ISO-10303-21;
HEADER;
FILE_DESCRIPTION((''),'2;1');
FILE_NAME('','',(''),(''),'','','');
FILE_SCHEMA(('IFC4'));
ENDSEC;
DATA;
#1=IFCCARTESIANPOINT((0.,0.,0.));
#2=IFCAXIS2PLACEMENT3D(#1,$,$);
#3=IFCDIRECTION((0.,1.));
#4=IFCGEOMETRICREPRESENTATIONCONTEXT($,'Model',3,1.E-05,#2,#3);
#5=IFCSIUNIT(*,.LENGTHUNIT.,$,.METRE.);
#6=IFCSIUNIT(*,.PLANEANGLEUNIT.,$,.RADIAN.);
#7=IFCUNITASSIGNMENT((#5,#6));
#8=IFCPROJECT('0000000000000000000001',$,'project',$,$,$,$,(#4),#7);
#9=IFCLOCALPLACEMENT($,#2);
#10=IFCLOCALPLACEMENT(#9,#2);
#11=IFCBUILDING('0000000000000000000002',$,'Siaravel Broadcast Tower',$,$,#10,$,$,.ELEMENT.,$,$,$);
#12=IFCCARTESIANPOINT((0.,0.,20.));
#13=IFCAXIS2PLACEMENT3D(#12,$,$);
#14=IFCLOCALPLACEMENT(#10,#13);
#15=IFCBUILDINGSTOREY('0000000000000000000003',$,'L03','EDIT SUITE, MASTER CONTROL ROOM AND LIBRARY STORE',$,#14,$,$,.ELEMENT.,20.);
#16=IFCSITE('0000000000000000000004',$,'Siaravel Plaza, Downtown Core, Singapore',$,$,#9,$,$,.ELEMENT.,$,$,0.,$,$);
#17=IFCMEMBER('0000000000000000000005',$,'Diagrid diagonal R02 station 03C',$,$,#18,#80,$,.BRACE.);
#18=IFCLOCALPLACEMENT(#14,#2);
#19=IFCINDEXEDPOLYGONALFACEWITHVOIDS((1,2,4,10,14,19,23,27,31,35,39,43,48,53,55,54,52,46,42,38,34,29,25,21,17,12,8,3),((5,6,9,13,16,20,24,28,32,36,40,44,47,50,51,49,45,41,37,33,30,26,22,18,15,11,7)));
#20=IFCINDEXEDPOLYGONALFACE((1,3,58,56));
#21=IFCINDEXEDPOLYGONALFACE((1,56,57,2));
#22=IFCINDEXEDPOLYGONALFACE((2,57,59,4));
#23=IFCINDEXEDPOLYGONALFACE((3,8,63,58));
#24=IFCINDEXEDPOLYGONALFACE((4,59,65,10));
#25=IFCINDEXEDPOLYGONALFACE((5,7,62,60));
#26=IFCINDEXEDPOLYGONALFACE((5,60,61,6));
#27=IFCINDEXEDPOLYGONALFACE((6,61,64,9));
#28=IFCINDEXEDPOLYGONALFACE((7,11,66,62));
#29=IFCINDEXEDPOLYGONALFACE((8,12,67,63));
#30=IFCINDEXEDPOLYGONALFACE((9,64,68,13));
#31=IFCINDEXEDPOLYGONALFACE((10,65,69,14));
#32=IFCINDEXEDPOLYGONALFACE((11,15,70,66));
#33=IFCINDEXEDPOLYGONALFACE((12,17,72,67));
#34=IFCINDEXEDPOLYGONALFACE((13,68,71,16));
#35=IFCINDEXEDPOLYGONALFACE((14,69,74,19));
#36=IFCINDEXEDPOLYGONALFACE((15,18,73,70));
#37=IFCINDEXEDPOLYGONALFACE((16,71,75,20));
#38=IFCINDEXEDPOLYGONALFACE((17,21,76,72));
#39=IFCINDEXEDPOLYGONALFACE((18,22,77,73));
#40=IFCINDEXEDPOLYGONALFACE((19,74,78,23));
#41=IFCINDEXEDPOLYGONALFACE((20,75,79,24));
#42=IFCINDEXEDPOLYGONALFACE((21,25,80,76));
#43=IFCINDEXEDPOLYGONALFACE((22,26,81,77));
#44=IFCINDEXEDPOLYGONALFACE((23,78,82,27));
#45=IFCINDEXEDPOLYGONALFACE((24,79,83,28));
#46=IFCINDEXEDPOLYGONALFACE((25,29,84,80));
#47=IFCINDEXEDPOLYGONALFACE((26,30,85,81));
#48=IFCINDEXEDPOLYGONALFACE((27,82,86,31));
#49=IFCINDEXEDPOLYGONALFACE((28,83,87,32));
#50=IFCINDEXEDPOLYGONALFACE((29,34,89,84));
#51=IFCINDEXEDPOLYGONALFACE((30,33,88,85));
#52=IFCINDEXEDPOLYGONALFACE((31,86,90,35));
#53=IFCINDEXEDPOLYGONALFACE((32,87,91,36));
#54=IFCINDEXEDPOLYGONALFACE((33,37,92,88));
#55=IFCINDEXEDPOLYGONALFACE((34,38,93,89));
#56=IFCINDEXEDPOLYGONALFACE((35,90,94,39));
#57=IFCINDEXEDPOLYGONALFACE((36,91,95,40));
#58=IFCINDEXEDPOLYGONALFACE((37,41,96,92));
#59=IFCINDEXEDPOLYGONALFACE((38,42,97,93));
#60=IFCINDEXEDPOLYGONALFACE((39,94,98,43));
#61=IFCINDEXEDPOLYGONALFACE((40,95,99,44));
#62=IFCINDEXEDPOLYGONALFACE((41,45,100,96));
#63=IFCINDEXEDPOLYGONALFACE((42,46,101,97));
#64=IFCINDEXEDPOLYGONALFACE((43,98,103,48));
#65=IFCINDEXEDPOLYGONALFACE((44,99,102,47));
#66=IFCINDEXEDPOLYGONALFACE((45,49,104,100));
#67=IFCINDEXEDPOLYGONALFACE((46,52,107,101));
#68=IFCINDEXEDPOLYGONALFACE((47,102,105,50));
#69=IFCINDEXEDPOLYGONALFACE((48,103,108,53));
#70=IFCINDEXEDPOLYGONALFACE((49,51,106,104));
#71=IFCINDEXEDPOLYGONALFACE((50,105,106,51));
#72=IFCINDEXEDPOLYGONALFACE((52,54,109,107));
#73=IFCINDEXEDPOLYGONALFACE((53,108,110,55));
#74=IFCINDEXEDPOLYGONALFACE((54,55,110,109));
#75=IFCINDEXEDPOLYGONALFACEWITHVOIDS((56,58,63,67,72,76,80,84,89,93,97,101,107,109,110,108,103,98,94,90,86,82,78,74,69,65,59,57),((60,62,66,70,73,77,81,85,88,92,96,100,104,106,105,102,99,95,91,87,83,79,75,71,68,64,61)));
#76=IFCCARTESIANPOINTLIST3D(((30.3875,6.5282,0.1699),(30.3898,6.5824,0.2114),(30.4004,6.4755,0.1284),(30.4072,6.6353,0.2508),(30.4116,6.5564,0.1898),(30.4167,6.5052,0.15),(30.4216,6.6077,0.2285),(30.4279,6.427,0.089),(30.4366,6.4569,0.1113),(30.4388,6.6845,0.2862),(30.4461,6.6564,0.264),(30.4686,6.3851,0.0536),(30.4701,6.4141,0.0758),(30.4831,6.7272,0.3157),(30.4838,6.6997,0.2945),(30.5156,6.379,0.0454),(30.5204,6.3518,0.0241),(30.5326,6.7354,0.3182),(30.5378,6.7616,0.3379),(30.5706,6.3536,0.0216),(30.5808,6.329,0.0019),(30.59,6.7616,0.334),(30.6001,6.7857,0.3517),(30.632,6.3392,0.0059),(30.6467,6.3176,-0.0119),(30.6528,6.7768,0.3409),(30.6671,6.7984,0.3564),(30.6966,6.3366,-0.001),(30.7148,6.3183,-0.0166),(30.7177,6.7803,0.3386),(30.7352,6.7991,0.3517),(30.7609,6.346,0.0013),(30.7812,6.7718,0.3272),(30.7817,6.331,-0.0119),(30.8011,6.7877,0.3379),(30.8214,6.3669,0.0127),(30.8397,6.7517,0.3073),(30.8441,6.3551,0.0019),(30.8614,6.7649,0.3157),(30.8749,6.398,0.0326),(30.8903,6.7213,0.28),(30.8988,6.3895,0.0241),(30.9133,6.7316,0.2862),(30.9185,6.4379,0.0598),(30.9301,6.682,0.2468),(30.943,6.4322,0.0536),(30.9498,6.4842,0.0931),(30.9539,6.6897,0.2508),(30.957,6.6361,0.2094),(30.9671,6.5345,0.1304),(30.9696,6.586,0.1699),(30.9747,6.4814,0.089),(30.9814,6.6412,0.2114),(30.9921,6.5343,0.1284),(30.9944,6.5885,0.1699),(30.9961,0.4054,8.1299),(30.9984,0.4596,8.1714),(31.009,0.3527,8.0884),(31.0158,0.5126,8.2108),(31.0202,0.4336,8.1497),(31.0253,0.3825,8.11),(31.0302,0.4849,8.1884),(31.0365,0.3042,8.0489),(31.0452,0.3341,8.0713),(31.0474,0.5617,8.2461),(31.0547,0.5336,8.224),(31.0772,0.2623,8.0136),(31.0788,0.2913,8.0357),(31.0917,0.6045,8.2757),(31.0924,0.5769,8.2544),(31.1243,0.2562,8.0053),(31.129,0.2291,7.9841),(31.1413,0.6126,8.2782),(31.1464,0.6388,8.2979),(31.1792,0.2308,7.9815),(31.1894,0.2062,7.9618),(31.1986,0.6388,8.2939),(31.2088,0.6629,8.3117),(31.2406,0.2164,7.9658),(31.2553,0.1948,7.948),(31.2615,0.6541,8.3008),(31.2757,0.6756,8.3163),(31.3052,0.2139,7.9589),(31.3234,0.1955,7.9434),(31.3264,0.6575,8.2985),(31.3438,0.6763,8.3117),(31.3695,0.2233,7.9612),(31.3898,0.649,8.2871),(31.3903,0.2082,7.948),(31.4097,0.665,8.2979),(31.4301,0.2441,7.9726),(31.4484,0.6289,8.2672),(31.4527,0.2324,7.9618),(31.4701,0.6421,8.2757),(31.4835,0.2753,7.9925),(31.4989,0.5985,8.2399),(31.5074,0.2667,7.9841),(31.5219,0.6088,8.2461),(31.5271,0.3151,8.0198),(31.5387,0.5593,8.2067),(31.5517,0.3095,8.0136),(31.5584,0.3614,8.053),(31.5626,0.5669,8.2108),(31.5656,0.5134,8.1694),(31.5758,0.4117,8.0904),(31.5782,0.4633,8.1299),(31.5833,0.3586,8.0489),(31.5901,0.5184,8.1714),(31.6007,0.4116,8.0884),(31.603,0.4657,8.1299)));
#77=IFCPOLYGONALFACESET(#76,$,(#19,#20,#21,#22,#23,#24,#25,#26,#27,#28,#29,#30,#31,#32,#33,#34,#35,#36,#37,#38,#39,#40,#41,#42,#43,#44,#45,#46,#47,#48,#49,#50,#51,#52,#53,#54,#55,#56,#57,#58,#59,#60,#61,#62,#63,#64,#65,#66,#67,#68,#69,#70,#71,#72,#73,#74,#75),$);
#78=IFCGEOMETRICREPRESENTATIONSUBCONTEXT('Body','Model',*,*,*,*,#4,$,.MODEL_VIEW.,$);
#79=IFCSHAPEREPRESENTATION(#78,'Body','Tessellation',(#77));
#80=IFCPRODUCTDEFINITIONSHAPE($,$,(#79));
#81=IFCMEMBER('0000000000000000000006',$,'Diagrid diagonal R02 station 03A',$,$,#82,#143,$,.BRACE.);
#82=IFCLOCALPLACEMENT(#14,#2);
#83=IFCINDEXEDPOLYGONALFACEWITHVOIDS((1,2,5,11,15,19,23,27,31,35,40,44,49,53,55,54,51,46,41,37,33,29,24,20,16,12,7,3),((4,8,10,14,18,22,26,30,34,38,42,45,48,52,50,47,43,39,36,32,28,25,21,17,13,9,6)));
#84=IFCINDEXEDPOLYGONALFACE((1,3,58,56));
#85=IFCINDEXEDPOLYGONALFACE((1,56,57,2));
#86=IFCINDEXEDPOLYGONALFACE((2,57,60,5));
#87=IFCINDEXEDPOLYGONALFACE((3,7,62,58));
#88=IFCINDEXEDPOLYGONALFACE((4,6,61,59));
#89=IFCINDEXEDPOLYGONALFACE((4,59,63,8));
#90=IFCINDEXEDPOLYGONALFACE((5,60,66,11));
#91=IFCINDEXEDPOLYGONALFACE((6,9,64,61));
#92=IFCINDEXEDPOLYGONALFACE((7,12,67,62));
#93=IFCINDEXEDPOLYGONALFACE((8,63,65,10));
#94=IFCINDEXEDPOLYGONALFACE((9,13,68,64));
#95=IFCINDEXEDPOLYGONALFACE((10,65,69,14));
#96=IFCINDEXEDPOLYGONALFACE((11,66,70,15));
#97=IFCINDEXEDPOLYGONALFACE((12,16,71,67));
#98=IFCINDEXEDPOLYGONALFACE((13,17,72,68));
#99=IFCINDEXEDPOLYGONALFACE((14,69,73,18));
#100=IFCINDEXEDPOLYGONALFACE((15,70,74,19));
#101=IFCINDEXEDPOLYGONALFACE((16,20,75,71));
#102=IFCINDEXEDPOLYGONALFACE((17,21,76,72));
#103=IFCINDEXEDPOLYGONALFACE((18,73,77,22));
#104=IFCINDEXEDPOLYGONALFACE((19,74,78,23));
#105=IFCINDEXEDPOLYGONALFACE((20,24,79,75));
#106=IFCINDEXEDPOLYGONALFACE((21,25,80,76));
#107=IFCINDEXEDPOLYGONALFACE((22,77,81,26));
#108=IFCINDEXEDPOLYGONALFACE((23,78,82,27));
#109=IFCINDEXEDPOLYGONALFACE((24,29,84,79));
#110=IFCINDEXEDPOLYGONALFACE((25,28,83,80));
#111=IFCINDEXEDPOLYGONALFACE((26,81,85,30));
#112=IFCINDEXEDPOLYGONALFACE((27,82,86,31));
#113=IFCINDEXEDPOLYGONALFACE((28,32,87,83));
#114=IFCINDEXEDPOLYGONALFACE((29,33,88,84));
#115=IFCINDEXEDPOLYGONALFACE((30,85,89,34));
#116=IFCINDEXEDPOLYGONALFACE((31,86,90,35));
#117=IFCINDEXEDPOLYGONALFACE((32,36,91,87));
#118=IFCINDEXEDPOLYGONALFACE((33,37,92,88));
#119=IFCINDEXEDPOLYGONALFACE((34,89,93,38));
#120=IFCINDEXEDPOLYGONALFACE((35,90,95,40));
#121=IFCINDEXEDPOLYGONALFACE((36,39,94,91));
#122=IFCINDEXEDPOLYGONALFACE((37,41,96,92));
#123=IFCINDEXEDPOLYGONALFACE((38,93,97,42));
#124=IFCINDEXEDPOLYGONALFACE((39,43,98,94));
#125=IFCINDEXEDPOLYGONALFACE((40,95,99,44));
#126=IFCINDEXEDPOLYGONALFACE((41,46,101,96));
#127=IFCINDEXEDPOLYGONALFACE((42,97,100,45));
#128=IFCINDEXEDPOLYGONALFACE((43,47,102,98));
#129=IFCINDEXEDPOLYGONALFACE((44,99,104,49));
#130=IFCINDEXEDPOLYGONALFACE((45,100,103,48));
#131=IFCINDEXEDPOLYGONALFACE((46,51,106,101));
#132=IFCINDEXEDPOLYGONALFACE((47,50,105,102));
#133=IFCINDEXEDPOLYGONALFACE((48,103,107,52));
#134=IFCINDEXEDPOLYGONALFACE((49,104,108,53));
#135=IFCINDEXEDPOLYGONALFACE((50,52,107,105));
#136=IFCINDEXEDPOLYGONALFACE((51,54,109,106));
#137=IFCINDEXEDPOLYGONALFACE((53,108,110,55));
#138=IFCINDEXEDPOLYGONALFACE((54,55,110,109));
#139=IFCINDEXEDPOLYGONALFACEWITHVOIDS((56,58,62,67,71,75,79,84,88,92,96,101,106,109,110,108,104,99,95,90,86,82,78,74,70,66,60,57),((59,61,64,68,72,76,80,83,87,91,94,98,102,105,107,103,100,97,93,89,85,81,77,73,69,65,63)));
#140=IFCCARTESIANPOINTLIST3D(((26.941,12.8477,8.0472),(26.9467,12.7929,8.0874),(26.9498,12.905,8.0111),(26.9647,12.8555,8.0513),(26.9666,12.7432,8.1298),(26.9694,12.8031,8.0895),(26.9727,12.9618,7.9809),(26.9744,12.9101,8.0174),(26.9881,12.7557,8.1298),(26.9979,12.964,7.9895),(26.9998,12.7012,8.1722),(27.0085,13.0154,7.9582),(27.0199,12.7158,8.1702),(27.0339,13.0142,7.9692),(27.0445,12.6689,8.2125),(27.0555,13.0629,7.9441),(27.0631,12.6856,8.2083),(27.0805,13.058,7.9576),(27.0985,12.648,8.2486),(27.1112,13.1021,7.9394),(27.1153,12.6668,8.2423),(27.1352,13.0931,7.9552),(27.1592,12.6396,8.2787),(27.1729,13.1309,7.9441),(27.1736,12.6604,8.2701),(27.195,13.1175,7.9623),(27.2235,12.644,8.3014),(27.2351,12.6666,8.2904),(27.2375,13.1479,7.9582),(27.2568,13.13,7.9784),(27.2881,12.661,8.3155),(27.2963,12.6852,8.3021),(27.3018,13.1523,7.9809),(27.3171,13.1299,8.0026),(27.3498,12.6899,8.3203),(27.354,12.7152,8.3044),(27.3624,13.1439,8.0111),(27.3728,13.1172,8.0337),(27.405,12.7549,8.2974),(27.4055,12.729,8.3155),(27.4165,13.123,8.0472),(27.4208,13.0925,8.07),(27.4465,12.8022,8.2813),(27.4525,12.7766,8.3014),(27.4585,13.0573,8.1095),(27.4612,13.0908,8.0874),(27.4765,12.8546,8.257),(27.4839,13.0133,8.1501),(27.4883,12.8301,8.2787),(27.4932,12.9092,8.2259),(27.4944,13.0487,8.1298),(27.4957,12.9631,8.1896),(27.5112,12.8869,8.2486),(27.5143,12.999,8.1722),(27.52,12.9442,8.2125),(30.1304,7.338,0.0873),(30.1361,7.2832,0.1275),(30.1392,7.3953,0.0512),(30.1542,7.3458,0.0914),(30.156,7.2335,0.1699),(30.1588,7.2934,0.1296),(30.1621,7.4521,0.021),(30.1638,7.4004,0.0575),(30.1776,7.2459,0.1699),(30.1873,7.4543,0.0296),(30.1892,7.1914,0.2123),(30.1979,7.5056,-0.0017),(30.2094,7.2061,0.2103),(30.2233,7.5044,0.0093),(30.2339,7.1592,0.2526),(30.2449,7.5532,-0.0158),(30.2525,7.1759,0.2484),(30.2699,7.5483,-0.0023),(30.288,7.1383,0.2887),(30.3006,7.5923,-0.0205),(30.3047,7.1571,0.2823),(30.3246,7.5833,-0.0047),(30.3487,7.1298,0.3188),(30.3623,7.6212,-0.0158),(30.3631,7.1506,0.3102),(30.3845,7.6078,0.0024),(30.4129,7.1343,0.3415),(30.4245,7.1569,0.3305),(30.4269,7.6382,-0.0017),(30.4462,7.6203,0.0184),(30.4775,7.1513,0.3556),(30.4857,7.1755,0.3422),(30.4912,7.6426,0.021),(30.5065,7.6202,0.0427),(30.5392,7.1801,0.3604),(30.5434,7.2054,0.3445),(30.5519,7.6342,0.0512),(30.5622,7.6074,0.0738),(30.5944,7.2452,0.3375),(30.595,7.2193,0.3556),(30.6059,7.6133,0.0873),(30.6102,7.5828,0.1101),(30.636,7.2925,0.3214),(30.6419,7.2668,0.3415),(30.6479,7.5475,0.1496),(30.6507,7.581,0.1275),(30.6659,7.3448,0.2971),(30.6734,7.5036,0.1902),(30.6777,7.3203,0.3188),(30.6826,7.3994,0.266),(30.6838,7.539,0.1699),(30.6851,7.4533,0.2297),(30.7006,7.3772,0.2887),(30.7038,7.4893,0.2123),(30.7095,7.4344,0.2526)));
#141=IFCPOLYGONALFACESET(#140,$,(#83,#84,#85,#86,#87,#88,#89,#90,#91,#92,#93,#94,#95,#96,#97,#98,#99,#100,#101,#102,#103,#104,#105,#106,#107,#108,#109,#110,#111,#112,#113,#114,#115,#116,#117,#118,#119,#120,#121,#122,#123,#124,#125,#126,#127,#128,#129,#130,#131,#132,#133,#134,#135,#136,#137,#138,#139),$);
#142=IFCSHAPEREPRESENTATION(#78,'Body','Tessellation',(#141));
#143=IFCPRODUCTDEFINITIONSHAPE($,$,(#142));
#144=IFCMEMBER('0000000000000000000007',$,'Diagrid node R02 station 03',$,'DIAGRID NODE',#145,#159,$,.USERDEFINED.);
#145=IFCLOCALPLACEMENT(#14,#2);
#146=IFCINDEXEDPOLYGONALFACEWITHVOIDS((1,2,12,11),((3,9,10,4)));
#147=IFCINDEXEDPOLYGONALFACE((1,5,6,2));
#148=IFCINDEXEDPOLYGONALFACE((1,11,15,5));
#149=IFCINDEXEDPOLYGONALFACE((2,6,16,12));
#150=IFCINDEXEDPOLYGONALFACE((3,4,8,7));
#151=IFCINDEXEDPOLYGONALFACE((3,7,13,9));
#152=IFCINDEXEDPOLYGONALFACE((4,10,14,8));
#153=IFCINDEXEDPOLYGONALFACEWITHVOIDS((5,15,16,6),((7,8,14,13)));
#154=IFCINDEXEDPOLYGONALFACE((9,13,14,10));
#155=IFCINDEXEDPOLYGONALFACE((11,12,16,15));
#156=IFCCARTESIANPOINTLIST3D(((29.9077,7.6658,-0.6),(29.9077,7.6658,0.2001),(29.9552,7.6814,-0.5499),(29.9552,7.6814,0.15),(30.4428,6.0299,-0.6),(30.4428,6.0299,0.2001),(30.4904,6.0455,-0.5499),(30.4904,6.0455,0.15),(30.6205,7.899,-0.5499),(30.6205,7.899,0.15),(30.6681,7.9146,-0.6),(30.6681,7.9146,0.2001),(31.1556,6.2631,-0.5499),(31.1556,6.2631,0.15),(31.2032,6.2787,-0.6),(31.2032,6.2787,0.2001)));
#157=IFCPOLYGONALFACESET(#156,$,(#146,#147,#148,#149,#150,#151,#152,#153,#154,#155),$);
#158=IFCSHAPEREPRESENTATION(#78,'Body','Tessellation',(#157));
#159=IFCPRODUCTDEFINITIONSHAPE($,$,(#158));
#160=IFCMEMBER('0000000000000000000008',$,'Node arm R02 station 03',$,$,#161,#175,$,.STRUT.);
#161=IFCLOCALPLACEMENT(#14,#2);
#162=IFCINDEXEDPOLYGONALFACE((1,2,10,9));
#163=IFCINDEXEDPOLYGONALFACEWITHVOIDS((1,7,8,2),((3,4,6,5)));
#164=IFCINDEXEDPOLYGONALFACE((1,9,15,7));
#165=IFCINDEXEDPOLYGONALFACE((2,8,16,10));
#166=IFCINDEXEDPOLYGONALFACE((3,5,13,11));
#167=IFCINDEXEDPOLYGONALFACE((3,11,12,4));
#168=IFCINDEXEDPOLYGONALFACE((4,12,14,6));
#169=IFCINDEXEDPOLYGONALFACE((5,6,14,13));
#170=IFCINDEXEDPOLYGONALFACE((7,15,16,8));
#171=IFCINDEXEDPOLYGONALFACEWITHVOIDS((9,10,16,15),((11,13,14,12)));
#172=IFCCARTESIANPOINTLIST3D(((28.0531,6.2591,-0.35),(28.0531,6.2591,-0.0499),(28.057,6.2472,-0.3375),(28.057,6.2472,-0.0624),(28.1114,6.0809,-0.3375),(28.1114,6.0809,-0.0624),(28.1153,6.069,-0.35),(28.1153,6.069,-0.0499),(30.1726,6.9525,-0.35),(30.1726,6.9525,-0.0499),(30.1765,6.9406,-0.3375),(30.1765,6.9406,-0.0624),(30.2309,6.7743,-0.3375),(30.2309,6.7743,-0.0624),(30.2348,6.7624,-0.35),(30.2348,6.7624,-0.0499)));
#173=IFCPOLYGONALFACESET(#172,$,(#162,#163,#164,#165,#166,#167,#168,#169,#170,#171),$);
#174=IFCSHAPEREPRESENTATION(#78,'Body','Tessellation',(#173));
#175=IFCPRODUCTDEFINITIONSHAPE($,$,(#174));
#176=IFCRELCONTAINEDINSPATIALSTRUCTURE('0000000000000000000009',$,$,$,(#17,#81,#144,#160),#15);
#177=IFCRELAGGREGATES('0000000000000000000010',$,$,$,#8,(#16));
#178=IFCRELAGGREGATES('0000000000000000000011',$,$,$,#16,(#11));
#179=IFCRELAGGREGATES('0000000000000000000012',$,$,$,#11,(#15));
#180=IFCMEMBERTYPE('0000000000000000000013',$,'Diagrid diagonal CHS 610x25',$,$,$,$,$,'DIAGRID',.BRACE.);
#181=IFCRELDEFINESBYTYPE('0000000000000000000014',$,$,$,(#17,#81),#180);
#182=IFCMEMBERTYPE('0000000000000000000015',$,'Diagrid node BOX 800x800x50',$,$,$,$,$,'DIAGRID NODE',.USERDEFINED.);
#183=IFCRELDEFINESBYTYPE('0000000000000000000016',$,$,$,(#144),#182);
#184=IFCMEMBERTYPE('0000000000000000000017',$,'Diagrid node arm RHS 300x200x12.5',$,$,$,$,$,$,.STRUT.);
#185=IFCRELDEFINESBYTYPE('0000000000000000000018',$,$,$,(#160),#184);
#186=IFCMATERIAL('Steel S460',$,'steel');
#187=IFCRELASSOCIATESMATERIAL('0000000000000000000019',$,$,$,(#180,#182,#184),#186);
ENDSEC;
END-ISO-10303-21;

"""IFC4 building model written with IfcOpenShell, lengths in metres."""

from ifc_helpers import new_model, si_unit, direction, frame, origin, origin_2d, place, context, subcontext, project, spatial, hollow_rectangle, hollow_circle, extrude, material, material_profile, profile_set, type_object, element, save


model = new_model("IFC4")

# Units and contexts
model_context = context("Model", 3, precision=1e-05, world=origin(), true_north=direction((0.0, 1.0)))
body_context = subcontext(model_context, "Body", "Model", "MODEL_VIEW")
ifc_project = project(units=[si_unit("LENGTHUNIT", "METRE"), si_unit("PLANEANGLEUNIT", "RADIAN")], contexts=[model_context])

# Site, building, storey
site_placement = place(None, origin())
site = spatial("IfcSite", under=ifc_project, at=site_placement, Name="Siaravel Plaza, Downtown Core, Singapore", CompositionType="ELEMENT", RefElevation=0.0)
building_placement = place(site_placement, origin())
building = spatial("IfcBuilding", under=site, at=building_placement, Name="Siaravel Broadcast Tower", CompositionType="ELEMENT")
storey_placement = place(building_placement, frame((0.0, 0.0, 20.0)))
storey = spatial("IfcBuildingStorey", under=building, at=storey_placement, Name="L03", Description="EDIT SUITE, MASTER CONTROL ROOM AND LIBRARY STORE", CompositionType="ELEMENT", Elevation=20.0)

# Members
ifc_material_1 = material(Name="Steel S460", Category="steel")
ifc_material_profile_1 = material_profile(ifc_material_1, hollow_circle(Radius=0.3049, WallThickness=0.0249, at=origin_2d()))
ifc_profile_set_1 = profile_set([ifc_material_profile_1], Name="Steel S460")
member_type_1 = type_object("IfcMemberType", Name="Diagrid diagonal CHS 610x25", ElementType="DIAGRID", PredefinedType="BRACE", material=ifc_profile_set_1)
member_1_placement = place(storey_placement, frame((30.6909, 6.5583, 0.1699), z_axis=(0.060496, -0.608579, 0.791184), x_axis=(0.995096, 0.098918, 0.0)))
element("IfcMember", 1, at=member_1_placement, inside=storey, type_object=member_type_1, Name="Diagrid diagonal R02 station 03C", PredefinedType="BRACE", context=body_context, shape_type="SweptSolid", body=[
    extrude(hollow_circle(Radius=0.3049, WallThickness=0.0249, at=origin_2d()), origin(), (0.0, 0.0, 1.0), 10.0608),
])
member_2_placement = place(storey_placement, frame((30.4199, 7.3862, 0.1699), z_axis=(-0.312915, 0.54056, 0.780947), x_axis=(-0.865454, -0.500988, 0.0)))
element("IfcMember", 2, at=member_2_placement, inside=storey, type_object=member_type_1, Name="Diagrid diagonal R02 station 03A", PredefinedType="BRACE", context=body_context, shape_type="SweptSolid", body=[
    extrude(hollow_circle(Radius=0.3049, WallThickness=0.0249, at=origin_2d()), origin(), (0.0, 0.0, 1.0), 10.1926),
])
ifc_material_profile_2 = material_profile(ifc_material_1, hollow_rectangle(XDim=0.8, YDim=0.8, WallThickness=0.05, at=origin_2d()))
ifc_profile_set_2 = profile_set([ifc_material_profile_2], Name="Steel S460")
member_type_2 = type_object("IfcMemberType", Name="Diagrid node BOX 800x800x50", ElementType="DIAGRID NODE", PredefinedType="USERDEFINED", material=ifc_profile_set_2)
member_3_placement = place(storey_placement, frame((30.823, 6.1543, -0.2), z_axis=(-0.310904, 0.950441, 0.0), x_axis=(-0.950441, -0.310904, 0.0)))
element("IfcMember", 3, at=member_3_placement, inside=storey, type_object=member_type_2, Name="Diagrid node R02 station 03", ObjectType="DIAGRID NODE", PredefinedType="USERDEFINED", context=body_context, shape_type="SweptSolid", body=[
    extrude(hollow_rectangle(XDim=0.8, YDim=0.8, WallThickness=0.05, at=origin_2d()), origin(), (0.0, 0.0, 1.0), 1.7212),
])
ifc_material_profile_3 = material_profile(ifc_material_1, hollow_rectangle(XDim=0.2, YDim=0.3, WallThickness=0.0125, at=origin_2d()))
ifc_profile_set_3 = profile_set([ifc_material_profile_3], Name="Steel S460")
member_type_3 = type_object("IfcMemberType", Name="Diagrid node arm RHS 300x200x12.5", PredefinedType="STRUT", material=ifc_profile_set_3)
member_4_placement = place(storey_placement, frame((28.0842, 6.1641, -0.2), z_axis=(0.950431, 0.310935, 0.0), x_axis=(-0.310935, 0.950431, 0.0)))
element("IfcMember", 4, at=member_4_placement, inside=storey, type_object=member_type_3, Name="Node arm R02 station 03", PredefinedType="STRUT", context=body_context, shape_type="SweptSolid", body=[
    extrude(hollow_rectangle(XDim=0.2, YDim=0.3, WallThickness=0.0125, at=origin_2d()), origin(), (0.0, 0.0, 1.0), 2.23),
])

save(model, "model.ifc")
